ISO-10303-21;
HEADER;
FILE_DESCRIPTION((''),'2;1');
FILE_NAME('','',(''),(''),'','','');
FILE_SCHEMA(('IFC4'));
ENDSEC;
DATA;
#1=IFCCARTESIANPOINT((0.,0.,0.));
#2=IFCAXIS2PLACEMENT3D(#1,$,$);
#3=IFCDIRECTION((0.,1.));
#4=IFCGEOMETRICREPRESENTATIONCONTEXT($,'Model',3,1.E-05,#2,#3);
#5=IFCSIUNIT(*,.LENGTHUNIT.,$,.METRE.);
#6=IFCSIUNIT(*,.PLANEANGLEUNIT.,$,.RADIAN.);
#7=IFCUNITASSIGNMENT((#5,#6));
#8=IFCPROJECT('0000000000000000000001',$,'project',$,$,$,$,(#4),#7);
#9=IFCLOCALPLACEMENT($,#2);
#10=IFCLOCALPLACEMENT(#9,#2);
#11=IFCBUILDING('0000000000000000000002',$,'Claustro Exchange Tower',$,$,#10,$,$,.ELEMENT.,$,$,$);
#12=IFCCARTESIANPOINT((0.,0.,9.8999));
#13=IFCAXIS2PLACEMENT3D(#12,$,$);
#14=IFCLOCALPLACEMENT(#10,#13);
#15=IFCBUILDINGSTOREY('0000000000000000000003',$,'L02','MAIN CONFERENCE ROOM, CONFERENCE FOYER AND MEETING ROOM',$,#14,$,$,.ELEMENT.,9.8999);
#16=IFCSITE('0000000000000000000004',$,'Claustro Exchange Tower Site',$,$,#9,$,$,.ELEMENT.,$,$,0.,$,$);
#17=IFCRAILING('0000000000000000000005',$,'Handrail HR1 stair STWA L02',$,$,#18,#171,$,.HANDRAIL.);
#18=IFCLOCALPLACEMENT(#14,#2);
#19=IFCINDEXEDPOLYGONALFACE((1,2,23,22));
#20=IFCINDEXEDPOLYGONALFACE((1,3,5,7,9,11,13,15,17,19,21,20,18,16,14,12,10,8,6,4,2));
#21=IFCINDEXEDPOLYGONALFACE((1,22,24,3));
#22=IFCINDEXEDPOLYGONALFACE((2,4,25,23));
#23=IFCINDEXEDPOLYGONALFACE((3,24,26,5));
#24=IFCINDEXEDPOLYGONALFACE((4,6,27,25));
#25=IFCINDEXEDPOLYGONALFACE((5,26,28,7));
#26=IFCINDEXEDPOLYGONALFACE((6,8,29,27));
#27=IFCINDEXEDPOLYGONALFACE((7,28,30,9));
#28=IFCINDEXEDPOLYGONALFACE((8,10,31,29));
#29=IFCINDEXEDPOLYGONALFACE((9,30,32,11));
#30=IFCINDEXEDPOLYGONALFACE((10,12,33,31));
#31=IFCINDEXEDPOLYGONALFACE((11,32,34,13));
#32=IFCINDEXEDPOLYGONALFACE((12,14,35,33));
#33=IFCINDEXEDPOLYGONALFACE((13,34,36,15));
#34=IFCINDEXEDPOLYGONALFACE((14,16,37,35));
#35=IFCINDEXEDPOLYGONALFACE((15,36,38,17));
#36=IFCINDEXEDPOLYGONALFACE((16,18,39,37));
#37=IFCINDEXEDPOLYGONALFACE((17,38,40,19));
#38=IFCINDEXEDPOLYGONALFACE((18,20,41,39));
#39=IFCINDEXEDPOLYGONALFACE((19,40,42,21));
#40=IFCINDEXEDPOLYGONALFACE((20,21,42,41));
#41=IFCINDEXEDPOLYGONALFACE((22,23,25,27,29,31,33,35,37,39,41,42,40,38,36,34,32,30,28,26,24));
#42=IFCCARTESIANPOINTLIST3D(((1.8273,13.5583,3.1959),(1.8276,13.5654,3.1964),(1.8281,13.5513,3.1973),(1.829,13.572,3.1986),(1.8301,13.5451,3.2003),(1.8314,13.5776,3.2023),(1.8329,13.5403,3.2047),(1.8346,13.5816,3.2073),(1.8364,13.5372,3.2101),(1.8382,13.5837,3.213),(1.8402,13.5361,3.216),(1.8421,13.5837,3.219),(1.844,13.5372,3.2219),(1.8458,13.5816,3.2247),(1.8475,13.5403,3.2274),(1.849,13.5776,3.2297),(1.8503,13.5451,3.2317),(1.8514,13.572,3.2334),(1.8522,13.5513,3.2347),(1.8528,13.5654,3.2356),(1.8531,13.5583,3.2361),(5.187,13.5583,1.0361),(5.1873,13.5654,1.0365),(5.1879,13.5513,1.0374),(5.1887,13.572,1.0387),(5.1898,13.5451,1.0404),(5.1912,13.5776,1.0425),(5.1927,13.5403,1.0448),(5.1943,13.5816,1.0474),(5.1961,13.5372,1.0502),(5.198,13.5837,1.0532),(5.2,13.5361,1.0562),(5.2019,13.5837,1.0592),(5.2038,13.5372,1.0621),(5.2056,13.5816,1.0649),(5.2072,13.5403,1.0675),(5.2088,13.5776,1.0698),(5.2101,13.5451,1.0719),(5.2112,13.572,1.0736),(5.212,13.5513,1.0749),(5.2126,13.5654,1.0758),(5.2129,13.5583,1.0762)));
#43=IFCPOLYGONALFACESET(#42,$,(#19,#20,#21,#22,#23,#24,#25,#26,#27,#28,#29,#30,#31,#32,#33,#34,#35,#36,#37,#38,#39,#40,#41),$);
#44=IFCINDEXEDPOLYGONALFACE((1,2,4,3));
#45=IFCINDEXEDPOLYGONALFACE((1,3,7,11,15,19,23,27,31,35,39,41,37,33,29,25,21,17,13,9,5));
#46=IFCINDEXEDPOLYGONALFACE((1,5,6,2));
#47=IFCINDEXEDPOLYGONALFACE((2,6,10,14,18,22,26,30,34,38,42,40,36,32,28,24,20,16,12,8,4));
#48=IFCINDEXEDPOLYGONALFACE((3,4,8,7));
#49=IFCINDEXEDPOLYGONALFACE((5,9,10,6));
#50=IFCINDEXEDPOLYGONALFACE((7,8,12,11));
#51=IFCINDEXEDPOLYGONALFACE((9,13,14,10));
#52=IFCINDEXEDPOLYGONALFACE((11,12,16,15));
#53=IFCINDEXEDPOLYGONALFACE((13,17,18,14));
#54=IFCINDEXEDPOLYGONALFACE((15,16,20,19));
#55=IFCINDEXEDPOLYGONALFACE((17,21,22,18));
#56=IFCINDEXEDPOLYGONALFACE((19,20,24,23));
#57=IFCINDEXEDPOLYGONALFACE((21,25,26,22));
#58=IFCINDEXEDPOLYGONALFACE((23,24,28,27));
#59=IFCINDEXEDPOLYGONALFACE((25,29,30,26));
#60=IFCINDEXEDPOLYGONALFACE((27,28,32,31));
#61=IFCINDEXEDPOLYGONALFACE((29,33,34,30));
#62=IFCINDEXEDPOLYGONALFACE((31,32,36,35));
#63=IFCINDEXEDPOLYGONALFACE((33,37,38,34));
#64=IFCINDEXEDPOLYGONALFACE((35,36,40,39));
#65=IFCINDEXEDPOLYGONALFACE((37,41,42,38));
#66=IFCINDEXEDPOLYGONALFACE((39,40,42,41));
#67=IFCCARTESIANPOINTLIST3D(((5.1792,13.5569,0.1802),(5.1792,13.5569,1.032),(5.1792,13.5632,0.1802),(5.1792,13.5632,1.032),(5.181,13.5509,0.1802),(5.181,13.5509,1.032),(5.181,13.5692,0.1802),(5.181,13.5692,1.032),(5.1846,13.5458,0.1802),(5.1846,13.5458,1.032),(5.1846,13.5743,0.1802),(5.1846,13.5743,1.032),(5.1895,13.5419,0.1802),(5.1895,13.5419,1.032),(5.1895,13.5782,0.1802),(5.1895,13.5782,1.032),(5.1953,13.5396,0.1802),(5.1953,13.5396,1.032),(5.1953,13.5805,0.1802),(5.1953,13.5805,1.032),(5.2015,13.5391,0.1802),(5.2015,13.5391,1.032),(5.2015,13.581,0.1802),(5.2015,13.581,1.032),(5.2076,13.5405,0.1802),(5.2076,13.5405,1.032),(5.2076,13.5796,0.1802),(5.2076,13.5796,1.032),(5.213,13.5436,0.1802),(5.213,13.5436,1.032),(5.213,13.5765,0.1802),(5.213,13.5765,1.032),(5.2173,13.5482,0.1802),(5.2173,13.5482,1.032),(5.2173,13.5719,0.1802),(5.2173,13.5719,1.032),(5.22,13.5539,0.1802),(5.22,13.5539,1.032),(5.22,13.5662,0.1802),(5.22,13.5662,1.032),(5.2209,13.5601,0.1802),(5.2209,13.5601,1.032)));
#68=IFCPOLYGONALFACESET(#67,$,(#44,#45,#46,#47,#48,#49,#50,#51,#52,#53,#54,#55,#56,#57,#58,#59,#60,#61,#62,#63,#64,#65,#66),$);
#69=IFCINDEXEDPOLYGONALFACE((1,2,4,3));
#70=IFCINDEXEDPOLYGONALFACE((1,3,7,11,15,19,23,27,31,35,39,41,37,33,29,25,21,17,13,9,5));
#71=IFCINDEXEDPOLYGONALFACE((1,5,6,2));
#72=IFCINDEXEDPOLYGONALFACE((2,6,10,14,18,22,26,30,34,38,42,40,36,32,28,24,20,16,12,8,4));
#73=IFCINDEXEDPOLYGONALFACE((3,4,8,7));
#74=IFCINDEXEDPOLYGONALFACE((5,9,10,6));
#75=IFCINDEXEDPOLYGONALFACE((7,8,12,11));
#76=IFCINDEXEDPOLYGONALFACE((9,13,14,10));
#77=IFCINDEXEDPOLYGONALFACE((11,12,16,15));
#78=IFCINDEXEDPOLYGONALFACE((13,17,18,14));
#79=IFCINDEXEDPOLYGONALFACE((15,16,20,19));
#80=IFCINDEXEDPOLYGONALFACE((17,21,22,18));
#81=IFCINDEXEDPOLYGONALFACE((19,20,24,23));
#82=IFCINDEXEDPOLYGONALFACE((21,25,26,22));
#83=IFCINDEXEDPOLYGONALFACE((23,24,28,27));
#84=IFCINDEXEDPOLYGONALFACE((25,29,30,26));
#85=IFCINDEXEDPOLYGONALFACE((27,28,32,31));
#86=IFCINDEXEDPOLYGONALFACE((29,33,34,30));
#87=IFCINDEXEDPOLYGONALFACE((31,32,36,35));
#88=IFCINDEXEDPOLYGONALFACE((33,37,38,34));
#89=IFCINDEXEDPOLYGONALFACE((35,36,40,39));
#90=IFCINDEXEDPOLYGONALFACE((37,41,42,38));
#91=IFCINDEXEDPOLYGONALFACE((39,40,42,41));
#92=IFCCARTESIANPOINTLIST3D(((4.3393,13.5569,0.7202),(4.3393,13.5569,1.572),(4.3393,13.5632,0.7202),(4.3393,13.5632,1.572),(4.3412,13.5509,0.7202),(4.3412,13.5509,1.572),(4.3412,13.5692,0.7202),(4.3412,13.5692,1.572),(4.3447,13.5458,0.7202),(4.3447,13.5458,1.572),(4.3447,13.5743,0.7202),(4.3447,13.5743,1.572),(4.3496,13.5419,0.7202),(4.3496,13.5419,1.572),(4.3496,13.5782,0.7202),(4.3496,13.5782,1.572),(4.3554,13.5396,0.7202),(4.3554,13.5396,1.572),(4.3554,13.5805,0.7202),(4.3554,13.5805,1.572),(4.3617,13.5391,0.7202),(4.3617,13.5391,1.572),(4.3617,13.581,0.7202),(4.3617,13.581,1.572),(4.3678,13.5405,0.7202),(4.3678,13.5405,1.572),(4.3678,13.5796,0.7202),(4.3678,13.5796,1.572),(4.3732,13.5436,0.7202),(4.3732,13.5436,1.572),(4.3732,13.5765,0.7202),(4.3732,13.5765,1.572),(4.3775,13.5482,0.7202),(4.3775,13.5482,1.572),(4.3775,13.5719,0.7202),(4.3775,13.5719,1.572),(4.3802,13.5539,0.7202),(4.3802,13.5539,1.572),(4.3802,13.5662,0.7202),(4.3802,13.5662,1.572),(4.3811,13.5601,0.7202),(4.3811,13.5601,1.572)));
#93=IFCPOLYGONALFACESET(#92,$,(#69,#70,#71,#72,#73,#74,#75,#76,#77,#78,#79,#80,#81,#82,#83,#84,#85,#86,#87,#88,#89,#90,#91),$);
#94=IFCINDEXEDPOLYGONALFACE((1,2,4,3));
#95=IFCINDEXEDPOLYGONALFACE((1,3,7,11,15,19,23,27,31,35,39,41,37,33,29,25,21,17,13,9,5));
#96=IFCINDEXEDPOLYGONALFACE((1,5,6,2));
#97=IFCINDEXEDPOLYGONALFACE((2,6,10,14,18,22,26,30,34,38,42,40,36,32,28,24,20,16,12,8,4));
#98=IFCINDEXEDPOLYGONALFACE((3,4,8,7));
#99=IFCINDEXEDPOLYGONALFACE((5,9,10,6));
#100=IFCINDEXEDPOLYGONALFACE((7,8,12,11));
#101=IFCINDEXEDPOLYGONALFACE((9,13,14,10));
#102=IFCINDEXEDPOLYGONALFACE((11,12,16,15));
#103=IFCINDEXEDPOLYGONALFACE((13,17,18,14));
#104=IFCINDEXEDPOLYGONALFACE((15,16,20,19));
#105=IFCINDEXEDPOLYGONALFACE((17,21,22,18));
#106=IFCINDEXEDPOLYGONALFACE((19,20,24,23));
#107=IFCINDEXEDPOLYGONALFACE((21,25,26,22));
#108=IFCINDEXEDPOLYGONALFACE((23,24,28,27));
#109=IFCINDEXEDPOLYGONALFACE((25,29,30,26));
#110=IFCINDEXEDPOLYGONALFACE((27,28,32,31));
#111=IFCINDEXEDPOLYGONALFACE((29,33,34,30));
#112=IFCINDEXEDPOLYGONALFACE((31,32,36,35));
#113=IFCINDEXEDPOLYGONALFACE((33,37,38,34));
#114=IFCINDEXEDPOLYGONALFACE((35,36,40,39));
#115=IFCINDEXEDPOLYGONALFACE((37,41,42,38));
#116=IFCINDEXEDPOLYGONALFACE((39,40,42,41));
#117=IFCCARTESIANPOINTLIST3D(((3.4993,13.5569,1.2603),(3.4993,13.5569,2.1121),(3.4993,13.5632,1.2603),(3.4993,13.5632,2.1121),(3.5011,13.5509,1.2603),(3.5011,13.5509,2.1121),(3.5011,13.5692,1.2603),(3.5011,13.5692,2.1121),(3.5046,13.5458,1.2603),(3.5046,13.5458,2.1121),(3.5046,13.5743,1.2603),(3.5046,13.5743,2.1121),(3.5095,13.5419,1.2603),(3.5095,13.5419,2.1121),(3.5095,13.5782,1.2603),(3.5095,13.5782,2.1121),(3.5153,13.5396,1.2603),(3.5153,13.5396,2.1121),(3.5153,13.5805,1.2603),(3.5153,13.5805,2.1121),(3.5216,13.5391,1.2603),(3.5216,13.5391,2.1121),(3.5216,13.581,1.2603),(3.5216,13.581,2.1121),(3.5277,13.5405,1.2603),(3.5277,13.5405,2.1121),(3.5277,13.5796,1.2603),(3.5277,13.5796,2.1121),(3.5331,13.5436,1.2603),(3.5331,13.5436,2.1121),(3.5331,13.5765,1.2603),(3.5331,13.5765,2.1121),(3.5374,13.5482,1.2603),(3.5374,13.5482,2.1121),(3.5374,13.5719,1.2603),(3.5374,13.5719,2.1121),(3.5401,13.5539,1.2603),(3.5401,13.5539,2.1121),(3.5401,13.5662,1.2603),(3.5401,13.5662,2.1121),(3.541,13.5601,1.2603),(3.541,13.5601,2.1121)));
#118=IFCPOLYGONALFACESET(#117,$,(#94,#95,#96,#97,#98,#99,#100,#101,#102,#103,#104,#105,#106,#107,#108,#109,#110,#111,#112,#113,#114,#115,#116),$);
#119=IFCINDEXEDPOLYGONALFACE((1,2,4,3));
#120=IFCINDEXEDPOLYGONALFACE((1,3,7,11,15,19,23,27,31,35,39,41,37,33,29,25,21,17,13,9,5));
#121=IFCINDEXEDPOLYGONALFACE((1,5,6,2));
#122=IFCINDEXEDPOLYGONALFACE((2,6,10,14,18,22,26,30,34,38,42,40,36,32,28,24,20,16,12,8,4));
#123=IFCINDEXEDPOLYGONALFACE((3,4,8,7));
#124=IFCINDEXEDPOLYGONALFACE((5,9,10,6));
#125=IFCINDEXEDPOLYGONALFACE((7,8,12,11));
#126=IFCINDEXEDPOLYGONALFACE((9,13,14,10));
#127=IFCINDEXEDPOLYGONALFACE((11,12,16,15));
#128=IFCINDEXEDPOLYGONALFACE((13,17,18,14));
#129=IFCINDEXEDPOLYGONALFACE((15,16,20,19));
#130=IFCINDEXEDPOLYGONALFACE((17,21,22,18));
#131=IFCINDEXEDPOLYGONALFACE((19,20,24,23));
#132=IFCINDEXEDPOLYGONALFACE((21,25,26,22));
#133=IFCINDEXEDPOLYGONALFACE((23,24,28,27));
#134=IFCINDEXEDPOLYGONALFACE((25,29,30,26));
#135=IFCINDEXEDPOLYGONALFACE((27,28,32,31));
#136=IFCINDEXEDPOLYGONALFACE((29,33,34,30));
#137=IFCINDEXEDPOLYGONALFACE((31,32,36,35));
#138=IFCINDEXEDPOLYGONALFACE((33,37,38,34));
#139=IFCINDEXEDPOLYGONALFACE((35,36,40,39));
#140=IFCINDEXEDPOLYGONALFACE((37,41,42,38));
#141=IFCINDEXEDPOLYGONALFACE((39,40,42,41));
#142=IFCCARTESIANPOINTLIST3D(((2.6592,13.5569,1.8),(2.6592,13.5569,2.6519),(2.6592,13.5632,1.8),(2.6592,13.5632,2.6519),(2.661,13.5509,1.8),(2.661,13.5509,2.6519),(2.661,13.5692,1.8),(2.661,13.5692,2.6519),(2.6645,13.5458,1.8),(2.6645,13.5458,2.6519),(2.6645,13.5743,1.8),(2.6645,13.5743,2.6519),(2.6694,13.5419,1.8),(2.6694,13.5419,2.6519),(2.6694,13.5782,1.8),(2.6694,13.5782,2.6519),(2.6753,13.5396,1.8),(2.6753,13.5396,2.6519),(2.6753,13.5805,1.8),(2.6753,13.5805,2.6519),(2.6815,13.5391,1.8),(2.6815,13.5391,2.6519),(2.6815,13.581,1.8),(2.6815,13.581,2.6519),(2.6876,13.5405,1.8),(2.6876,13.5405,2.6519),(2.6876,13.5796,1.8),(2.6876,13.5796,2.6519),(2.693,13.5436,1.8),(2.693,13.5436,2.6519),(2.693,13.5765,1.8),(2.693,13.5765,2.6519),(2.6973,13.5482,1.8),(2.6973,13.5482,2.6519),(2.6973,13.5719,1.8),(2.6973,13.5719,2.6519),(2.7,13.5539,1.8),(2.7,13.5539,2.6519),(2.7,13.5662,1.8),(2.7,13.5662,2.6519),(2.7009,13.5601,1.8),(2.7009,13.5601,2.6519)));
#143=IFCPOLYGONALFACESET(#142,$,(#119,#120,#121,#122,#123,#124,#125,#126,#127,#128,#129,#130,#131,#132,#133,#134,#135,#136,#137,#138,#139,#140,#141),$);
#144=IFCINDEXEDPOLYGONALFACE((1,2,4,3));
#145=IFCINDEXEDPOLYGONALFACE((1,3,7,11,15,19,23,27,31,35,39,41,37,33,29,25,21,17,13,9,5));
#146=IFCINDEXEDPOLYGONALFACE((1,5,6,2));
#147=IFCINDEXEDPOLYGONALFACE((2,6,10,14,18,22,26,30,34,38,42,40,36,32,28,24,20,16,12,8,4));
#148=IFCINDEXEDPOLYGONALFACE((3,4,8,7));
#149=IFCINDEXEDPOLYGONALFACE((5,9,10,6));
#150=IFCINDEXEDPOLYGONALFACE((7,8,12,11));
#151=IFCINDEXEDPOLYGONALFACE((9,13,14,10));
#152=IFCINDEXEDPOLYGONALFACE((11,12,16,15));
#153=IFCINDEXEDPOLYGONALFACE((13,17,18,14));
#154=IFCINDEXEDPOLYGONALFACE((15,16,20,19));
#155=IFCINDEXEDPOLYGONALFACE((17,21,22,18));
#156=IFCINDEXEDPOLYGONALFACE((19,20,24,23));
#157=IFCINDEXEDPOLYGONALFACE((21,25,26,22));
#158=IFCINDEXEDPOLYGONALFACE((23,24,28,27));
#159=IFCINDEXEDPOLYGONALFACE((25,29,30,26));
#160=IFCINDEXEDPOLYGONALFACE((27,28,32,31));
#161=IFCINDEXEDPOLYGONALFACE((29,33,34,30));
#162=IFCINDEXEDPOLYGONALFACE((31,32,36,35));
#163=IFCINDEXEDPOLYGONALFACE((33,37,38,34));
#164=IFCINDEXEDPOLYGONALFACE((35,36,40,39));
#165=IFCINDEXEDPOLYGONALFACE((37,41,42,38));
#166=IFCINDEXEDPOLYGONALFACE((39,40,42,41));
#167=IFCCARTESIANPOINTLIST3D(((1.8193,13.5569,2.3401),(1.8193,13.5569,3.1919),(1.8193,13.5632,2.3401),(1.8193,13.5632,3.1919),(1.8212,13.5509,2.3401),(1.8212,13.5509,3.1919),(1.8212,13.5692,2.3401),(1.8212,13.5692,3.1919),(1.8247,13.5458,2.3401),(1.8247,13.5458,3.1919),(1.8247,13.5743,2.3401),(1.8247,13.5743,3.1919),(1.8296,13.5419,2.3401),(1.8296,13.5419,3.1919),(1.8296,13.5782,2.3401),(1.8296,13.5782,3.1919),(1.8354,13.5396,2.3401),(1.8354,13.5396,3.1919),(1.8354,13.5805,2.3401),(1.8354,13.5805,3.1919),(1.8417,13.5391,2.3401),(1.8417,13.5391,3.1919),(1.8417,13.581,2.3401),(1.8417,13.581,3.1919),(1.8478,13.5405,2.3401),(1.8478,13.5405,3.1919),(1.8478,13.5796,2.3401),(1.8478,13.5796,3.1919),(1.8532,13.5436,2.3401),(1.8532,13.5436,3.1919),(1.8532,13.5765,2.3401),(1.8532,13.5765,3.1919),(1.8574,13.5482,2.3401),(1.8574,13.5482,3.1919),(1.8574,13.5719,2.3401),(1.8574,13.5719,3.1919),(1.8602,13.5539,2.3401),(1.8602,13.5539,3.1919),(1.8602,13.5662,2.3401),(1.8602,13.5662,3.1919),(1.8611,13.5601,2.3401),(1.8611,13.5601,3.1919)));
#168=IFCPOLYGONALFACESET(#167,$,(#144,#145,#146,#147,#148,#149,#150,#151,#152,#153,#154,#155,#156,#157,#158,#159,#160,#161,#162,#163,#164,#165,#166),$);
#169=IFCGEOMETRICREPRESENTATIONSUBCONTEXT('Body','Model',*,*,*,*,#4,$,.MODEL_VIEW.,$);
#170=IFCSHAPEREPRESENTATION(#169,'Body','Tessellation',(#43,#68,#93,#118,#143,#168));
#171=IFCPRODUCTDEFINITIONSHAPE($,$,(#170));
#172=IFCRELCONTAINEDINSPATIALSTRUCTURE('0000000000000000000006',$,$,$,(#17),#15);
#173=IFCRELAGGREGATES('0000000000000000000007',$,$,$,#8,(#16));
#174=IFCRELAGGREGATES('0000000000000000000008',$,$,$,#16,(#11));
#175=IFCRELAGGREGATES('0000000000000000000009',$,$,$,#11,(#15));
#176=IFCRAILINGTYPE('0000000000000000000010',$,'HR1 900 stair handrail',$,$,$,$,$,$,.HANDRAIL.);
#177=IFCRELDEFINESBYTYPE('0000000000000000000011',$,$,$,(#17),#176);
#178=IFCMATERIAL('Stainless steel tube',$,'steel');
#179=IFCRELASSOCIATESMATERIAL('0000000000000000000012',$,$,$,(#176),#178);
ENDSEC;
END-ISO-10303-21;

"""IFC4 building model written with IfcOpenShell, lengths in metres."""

from ifc_helpers import new_model, si_unit, direction, frame, origin, origin_2d, place, context, subcontext, project, spatial, circle, extrude, material, type_object, element, save


model = new_model("IFC4")

# Units and contexts
model_context = context("Model", 3, precision=1e-05, world=origin(), true_north=direction((0.0, 1.0)))
body_context = subcontext(model_context, "Body", "Model", "MODEL_VIEW")
ifc_project = project(units=[si_unit("LENGTHUNIT", "METRE"), si_unit("PLANEANGLEUNIT", "RADIAN")], contexts=[model_context])

# Site, building, storey
site_placement = place(None, origin())
site = spatial("IfcSite", under=ifc_project, at=site_placement, Name="Claustro Exchange Tower Site", CompositionType="ELEMENT", RefElevation=0.0)
building_placement = place(site_placement, origin())
building = spatial("IfcBuilding", under=site, at=building_placement, Name="Claustro Exchange Tower", CompositionType="ELEMENT")
storey_placement = place(building_placement, frame((0.0, 0.0, 9.8999)))
storey = spatial("IfcBuildingStorey", under=building, at=storey_placement, Name="L02", Description="MAIN CONFERENCE ROOM, CONFERENCE FOYER AND MEETING ROOM", CompositionType="ELEMENT", Elevation=9.8999)

# Railing
ifc_material_1 = material(Name="Stainless steel tube", Category="steel")
railing_type_1 = type_object("IfcRailingType", Name="HR1 900 stair handrail", PredefinedType="HANDRAIL", material=ifc_material_1)
railing_1_placement = place(storey_placement, frame((5.2, 13.5601, 0.1802)))
element("IfcRailing", 1, at=railing_1_placement, inside=storey, type_object=railing_type_1, Name="Handrail HR1 stair STWA L02", PredefinedType="HANDRAIL", context=body_context, shape_type="SweptSolid", body=[
    extrude(circle(Radius=0.0239, at=origin_2d()), frame((0.0, 0.0, 0.876), z_axis=(-0.841178, 0.0, 0.540758), x_axis=(0.0, -1.0, 0.0)), (0.0, 0.0, 1.0), 3.9941),
    extrude(circle(Radius=0.021, at=origin_2d()), origin(), (0.0, 0.0, 1.0), 0.8518),
    extrude(circle(Radius=0.021, at=origin_2d()), frame((-0.8398, 0.0, 0.54)), (0.0, 0.0, 1.0), 0.8518),
    extrude(circle(Radius=0.021, at=origin_2d()), frame((-1.6799, 0.0, 1.0801)), (0.0, 0.0, 1.0), 0.8518),
    extrude(circle(Radius=0.021, at=origin_2d()), frame((-2.52, 0.0, 1.6199)), (0.0, 0.0, 1.0), 0.8518),
    extrude(circle(Radius=0.021, at=origin_2d()), frame((-3.3599, 0.0, 2.1599)), (0.0, 0.0, 1.0), 0.8518),
])

save(model, "model.ifc")
